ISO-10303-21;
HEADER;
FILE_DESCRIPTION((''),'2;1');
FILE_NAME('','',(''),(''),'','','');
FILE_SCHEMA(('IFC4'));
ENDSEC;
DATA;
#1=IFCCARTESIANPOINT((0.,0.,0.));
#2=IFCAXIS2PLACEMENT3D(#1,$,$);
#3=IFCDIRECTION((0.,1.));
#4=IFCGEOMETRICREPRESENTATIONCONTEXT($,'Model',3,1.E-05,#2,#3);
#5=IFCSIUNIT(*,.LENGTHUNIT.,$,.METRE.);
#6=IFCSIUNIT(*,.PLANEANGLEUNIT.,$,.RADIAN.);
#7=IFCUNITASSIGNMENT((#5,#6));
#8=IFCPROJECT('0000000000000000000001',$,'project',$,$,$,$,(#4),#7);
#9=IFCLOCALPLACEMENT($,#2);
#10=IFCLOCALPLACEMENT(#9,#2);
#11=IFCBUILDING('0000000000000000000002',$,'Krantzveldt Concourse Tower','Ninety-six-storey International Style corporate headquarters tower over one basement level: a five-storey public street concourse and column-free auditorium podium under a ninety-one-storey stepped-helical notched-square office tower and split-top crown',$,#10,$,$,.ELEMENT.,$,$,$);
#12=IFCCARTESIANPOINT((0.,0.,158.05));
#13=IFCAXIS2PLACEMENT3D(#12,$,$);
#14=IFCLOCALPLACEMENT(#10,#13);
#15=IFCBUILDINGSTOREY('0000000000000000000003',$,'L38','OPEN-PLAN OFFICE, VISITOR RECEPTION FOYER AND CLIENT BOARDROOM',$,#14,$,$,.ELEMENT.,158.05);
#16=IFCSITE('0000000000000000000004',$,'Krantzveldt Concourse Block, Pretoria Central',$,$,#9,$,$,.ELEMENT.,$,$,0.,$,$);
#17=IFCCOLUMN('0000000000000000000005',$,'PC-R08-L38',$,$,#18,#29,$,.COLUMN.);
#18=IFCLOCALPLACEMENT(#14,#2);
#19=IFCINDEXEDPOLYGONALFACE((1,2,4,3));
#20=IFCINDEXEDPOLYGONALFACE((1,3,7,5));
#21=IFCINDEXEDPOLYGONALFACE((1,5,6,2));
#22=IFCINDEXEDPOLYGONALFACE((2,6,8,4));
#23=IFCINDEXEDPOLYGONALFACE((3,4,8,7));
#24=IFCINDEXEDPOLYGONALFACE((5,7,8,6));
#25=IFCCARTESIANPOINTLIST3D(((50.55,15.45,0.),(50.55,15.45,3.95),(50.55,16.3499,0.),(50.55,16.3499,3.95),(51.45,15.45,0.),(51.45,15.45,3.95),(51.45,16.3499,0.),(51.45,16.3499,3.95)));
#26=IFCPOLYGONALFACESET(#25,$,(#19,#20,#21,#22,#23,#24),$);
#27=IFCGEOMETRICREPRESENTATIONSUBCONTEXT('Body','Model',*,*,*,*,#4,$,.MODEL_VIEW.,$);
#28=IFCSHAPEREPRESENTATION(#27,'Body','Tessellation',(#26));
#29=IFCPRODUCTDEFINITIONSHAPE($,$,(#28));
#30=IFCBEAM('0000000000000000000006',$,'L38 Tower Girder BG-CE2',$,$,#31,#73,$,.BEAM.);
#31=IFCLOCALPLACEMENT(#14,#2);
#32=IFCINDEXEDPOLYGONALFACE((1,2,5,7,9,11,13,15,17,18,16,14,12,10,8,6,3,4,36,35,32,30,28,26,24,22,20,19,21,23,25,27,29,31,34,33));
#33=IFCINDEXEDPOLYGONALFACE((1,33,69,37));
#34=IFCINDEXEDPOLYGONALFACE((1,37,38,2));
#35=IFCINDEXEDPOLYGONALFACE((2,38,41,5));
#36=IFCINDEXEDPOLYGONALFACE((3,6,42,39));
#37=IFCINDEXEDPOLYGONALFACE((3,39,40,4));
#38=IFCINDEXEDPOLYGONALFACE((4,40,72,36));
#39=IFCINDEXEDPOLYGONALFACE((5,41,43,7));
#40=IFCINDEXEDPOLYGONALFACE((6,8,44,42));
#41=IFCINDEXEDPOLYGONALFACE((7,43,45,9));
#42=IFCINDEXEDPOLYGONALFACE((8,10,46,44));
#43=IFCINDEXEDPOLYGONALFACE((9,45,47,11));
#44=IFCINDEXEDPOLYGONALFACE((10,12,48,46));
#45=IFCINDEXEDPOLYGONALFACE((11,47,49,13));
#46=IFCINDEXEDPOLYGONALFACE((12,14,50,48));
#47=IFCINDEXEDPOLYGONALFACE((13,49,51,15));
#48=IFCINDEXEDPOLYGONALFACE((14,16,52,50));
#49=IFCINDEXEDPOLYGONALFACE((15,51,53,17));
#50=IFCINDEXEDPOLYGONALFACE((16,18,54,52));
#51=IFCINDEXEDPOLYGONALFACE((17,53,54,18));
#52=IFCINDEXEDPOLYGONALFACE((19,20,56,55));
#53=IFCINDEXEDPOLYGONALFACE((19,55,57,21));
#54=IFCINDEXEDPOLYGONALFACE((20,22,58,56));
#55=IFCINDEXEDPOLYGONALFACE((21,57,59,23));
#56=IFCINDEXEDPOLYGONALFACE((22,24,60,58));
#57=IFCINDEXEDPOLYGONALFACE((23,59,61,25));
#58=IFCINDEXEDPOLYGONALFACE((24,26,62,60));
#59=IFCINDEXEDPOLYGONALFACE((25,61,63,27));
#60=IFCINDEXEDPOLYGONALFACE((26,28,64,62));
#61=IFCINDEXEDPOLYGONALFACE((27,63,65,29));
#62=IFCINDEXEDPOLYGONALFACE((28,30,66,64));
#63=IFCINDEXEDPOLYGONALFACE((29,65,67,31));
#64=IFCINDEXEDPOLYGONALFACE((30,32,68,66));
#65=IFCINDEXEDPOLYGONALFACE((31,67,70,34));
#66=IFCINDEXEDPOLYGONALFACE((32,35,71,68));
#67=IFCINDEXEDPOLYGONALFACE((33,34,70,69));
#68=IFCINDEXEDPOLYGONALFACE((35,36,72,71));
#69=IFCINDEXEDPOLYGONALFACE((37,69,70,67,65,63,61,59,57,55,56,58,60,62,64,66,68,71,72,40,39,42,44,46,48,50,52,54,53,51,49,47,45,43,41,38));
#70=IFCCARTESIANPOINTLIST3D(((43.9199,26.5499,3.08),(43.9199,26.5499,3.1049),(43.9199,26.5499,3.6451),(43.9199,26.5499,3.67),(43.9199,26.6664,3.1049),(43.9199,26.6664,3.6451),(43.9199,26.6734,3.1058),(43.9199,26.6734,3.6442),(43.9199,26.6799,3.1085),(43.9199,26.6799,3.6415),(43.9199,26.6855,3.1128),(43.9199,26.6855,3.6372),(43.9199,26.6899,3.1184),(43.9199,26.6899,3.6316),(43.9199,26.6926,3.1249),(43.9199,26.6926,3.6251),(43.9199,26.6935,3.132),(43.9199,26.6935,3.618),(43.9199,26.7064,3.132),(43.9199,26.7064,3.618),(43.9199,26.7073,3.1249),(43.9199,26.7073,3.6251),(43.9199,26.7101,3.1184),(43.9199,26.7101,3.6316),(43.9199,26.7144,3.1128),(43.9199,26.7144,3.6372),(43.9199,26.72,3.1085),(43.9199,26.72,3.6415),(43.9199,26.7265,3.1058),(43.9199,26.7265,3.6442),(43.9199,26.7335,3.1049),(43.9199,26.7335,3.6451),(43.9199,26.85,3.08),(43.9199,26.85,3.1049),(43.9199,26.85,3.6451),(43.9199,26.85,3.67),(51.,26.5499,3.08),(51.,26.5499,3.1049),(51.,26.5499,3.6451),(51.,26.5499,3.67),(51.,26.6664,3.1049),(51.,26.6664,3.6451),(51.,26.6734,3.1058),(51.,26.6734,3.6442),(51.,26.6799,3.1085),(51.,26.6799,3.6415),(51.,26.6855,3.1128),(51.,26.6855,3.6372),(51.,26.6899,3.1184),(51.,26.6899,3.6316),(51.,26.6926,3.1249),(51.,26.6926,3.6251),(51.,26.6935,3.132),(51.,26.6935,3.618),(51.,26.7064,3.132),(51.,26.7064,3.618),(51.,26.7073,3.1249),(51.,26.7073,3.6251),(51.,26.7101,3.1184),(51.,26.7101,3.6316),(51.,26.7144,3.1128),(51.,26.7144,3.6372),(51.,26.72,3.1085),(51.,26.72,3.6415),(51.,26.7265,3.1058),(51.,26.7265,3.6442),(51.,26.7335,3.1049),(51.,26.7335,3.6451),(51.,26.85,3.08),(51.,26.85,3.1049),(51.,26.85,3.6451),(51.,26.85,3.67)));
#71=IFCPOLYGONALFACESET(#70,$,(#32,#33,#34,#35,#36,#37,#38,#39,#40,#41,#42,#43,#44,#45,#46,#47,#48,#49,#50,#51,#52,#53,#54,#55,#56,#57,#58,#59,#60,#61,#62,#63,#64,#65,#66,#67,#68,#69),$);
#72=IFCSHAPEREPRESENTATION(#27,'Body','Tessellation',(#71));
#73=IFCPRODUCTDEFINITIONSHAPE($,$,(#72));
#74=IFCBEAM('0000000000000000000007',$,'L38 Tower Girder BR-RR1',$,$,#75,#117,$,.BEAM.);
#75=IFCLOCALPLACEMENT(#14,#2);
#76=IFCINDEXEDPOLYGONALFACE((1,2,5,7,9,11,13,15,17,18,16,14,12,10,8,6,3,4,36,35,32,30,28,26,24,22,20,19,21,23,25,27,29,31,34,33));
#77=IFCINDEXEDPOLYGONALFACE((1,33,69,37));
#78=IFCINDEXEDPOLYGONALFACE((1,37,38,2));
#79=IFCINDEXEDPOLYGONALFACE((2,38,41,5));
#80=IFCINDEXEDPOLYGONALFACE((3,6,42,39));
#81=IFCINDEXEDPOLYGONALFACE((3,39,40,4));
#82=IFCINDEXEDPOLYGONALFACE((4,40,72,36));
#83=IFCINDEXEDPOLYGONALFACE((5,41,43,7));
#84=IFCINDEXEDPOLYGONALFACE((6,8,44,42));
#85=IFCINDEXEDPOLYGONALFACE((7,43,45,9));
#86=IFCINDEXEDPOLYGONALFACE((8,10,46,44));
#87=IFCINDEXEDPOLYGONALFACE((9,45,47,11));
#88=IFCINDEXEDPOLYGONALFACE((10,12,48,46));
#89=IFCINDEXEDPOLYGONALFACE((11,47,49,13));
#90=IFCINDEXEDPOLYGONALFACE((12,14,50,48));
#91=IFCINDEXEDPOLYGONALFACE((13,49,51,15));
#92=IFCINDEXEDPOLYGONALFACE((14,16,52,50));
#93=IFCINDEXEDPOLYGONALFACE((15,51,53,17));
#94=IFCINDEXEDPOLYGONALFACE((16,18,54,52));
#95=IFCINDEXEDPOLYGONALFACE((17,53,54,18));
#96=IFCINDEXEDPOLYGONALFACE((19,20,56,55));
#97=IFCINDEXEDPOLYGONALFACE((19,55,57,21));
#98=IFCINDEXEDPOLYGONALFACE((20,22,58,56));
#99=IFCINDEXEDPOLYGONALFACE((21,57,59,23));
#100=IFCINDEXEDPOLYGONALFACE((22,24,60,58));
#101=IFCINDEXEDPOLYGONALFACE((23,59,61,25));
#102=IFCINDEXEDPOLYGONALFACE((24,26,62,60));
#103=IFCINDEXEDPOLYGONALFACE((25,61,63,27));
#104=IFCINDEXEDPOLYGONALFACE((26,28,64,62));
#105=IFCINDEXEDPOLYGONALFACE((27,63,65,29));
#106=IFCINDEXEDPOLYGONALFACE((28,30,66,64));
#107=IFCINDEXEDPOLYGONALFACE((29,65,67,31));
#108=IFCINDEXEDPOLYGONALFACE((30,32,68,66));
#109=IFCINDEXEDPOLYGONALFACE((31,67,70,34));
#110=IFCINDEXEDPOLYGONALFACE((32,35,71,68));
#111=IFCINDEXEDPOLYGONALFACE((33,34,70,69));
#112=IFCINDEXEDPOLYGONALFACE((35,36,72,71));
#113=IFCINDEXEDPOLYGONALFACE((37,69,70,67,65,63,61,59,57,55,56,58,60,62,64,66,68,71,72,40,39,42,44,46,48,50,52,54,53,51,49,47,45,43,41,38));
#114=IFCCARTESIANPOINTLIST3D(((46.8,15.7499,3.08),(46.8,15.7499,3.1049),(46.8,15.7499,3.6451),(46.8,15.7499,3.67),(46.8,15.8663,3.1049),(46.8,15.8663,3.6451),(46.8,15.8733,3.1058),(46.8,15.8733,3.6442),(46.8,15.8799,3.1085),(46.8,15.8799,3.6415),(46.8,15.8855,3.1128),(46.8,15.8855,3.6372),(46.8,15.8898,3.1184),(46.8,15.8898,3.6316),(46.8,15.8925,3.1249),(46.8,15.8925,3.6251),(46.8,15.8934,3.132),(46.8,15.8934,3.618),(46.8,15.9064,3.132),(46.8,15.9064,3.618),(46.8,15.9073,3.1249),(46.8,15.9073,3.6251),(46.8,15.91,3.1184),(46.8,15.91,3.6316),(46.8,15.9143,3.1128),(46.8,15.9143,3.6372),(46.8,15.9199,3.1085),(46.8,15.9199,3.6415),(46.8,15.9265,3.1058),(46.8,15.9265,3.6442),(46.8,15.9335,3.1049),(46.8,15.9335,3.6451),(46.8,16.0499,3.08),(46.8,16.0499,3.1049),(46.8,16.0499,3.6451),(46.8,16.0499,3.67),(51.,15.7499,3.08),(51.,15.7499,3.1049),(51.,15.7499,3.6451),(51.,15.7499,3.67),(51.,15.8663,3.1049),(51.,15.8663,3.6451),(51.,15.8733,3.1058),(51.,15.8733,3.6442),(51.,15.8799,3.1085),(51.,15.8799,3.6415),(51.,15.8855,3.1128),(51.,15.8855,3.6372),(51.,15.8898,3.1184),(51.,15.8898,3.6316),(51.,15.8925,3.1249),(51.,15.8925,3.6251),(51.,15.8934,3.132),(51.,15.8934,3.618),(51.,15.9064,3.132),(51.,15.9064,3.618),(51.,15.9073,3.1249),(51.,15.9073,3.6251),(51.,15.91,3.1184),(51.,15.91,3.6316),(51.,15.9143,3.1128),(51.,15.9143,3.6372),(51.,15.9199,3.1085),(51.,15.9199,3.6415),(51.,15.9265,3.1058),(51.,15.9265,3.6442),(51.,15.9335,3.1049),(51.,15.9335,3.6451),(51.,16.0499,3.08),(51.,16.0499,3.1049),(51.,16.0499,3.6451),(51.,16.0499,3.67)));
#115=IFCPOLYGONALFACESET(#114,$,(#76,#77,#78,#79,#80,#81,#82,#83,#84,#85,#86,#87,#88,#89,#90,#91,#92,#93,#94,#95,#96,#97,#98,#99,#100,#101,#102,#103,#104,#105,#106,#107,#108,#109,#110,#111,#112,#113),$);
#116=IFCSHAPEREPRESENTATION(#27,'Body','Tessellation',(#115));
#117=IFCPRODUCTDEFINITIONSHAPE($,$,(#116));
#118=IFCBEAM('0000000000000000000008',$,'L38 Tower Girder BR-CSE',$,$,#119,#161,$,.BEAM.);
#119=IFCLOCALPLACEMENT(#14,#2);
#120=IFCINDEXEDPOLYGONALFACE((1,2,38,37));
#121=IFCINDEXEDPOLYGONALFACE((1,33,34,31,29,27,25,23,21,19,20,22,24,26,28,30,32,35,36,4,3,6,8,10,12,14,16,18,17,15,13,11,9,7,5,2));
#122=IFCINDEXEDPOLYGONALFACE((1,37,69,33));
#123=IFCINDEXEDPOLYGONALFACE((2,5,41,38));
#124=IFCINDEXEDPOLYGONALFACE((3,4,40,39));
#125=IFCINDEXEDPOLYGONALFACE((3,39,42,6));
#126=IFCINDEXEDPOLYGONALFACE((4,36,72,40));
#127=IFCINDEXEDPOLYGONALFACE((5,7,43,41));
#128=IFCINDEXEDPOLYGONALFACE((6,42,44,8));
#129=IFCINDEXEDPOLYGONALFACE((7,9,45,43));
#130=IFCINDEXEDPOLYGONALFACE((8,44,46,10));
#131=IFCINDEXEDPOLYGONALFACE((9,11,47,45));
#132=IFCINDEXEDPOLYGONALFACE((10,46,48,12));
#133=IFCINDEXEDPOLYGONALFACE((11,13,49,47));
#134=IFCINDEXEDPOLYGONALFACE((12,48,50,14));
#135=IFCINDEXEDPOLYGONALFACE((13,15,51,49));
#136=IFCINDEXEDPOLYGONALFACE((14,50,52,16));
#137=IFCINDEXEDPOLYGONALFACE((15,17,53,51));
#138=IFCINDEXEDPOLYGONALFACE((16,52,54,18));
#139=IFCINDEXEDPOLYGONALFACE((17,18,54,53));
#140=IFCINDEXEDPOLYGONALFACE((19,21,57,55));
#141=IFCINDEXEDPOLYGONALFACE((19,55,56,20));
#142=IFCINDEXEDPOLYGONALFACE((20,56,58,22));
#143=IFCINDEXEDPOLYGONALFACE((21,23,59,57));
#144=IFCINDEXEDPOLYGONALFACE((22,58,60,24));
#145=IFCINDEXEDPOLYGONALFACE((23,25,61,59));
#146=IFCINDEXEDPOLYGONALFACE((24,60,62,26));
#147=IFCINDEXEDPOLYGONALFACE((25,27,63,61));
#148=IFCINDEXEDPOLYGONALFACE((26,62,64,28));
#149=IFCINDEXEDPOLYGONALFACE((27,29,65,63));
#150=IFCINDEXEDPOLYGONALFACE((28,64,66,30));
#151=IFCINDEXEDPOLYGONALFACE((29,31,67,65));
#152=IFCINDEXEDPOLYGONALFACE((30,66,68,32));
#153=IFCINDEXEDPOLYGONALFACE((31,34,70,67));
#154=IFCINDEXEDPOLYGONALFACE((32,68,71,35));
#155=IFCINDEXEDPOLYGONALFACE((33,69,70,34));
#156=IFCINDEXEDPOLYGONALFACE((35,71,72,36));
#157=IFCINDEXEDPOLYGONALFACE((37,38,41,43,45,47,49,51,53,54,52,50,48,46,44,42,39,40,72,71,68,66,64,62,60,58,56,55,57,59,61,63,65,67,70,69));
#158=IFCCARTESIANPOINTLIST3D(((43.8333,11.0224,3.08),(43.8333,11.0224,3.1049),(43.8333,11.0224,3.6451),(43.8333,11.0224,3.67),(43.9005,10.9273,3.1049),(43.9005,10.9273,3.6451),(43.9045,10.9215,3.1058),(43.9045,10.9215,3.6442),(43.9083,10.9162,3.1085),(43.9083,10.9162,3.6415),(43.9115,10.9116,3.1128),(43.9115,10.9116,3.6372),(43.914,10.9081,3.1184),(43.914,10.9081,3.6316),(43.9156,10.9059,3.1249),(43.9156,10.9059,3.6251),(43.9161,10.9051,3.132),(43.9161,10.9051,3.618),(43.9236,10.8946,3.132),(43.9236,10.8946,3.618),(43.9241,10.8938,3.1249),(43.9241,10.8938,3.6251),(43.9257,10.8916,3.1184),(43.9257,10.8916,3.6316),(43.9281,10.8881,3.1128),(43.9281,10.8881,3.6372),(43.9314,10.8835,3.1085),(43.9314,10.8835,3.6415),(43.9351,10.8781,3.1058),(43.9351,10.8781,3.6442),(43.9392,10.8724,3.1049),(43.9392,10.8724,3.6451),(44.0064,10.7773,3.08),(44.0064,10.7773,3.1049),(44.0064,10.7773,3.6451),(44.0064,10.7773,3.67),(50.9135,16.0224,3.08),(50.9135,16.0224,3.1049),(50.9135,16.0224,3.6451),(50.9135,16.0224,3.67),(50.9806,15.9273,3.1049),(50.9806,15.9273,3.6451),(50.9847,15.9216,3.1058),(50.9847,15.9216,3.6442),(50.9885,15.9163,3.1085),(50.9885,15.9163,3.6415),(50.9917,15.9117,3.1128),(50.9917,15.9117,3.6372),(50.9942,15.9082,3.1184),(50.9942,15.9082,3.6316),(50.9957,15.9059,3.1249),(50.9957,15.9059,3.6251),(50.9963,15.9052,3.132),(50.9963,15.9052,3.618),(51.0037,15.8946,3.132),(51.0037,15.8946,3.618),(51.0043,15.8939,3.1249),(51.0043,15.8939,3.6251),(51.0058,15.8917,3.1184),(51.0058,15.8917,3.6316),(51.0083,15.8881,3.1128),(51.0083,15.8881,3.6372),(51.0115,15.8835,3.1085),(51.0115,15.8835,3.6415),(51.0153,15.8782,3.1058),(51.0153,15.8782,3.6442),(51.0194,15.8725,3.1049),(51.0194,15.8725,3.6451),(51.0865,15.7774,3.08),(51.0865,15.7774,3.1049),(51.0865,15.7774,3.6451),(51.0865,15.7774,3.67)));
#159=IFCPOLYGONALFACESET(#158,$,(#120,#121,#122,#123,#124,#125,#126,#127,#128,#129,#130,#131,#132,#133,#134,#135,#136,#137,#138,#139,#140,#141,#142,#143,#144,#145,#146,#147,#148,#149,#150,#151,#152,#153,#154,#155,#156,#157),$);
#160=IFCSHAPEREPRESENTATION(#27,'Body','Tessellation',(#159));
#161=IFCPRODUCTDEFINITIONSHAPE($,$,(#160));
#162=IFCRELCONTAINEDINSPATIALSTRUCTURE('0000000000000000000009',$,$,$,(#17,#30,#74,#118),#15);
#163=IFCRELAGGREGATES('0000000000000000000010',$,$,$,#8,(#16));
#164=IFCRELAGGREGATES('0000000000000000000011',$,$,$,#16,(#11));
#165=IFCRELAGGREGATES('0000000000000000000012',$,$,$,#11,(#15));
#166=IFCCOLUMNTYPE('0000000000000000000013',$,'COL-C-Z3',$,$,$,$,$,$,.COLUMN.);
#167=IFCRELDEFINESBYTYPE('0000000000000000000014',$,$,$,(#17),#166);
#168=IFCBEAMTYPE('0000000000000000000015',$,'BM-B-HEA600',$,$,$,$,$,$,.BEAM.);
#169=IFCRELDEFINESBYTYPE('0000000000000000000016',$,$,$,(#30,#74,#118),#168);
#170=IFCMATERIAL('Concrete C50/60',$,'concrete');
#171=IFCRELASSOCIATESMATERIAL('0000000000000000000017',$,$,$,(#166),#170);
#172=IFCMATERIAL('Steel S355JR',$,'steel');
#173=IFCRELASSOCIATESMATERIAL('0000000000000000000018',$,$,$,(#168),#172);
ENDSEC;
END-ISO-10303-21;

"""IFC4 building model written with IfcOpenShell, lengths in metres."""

from ifc_helpers import new_model, si_unit, direction, frame, origin, origin_2d, place, context, subcontext, project, spatial, rectangle, i_section, extrude, source, transform, mapped, material, material_profile, profile_set, type_object, type_shapes, element, save


model = new_model("IFC4")

# Units and contexts
model_context = context("Model", 3, precision=1e-05, world=origin(), true_north=direction((0.0, 1.0)))
body_context = subcontext(model_context, "Body", "Model", "MODEL_VIEW")
ifc_project = project(units=[si_unit("LENGTHUNIT", "METRE"), si_unit("PLANEANGLEUNIT", "RADIAN")], contexts=[model_context])

# Site, building, storey
site_placement = place(None, origin())
site = spatial("IfcSite", under=ifc_project, at=site_placement, Name="Krantzveldt Concourse Block, Pretoria Central", CompositionType="ELEMENT", RefElevation=0.0)
building_placement = place(site_placement, origin())
building = spatial("IfcBuilding", under=site, at=building_placement, Name="Krantzveldt Concourse Tower", Description="Ninety-six-storey International Style corporate headquarters tower over one basement level: a five-storey public street concourse and column-free auditorium podium under a ninety-one-storey stepped-helical notched-square office tower and split-top crown", CompositionType="ELEMENT")
storey_placement = place(building_placement, frame((0.0, 0.0, 158.05)))
storey = spatial("IfcBuildingStorey", under=building, at=storey_placement, Name="L38", Description="OPEN-PLAN OFFICE, VISITOR RECEPTION FOYER AND CLIENT BOARDROOM", CompositionType="ELEMENT", Elevation=158.05)

# Column
ifc_material_1 = material(Name="Concrete C50/60", Category="concrete")
ifc_material_profile_1 = material_profile(ifc_material_1, rectangle(XDim=0.8999, YDim=0.8999, at=origin_2d()), Name="Concrete C50/60", Category="concrete")
ifc_profile_set_1 = profile_set([ifc_material_profile_1], Name="Concrete C50/60 - RC 900x900")
column_type = type_object("IfcColumnType", Name="COL-C-Z3", PredefinedType="COLUMN", material=ifc_profile_set_1)
shared_shape_1 = source(origin(), body_context, "Body", "SweptSolid", [
    extrude(rectangle(XDim=0.8999, YDim=0.8999, at=origin_2d()), origin(), (0.0, 0.0, 1.0), 3.95),
])
type_shapes(column_type, [shared_shape_1])
column_placement = place(storey_placement, frame((51.0, 15.8999, 0.0), z_axis=(0.0, 0.0, 1.0), x_axis=(1.0, 0.0, 0.0)))
element("IfcColumn", 1, at=column_placement, inside=storey, type_object=column_type, Name="PC-R08-L38", PredefinedType="COLUMN", context=body_context, shape_type="MappedRepresentation", body=[
    mapped(shared_shape_1, transform((0.0, 0.0, 0.0), x_axis=(1.0, 0.0, 0.0), y_axis=(0.0, 1.0, 0.0), z_axis=(0.0, 0.0, 1.0), scale=1.0)),
])

# Beams
ifc_material_2 = material(Name="Steel S355JR", Category="steel")
ifc_material_profile_2 = material_profile(ifc_material_2, i_section(OverallWidth=0.3, OverallDepth=0.5901, WebThickness=0.0129, FlangeThickness=0.0249, FilletRadius=0.0271, at=origin_2d()), Name="Steel S355JR", Category="steel")
ifc_profile_set_2 = profile_set([ifc_material_profile_2], Name="Steel S355JR - HEA 600")
beam_type_1 = type_object("IfcBeamType", Name="BM-B-HEA600", PredefinedType="BEAM", material=ifc_profile_set_2)
shared_shape_2 = source(origin(), body_context, "Body", "SweptSolid", [
    extrude(i_section(OverallWidth=0.3, OverallDepth=0.5901, WebThickness=0.0129, FlangeThickness=0.0249, FilletRadius=0.0271, at=origin_2d()), origin(), (0.0, 0.0, 1.0), 7.0801),
])
beam_1_placement = place(storey_placement, frame((43.9199, 26.7, 3.375), z_axis=(1.0, 0.0, 0.0), x_axis=(0.0, 1.0, 0.0)))
element("IfcBeam", 2, at=beam_1_placement, inside=storey, type_object=beam_type_1, Name="L38 Tower Girder BG-CE2", PredefinedType="BEAM", context=body_context, shape_type="MappedRepresentation", body=[
    mapped(shared_shape_2, transform((0.0, 0.0, 0.0), x_axis=(1.0, 0.0, 0.0), y_axis=(0.0, 1.0, 0.0), z_axis=(0.0, 0.0, 1.0), scale=1.0)),
])
shared_shape_3 = source(origin(), body_context, "Body", "SweptSolid", [
    extrude(i_section(OverallWidth=0.3, OverallDepth=0.5901, WebThickness=0.0129, FlangeThickness=0.0249, FilletRadius=0.0271, at=origin_2d()), origin(), (0.0, 0.0, 1.0), 4.2),
])
beam_2_placement = place(storey_placement, frame((46.8, 15.8999, 3.375), z_axis=(1.0, 0.0, 0.0), x_axis=(0.0, 1.0, 0.0)))
element("IfcBeam", 3, at=beam_2_placement, inside=storey, type_object=beam_type_1, Name="L38 Tower Girder BR-RR1", PredefinedType="BEAM", context=body_context, shape_type="MappedRepresentation", body=[
    mapped(shared_shape_3, transform((0.0, 0.0, 0.0), x_axis=(1.0, 0.0, 0.0), y_axis=(0.0, 1.0, 0.0), z_axis=(0.0, 0.0, 1.0), scale=1.0)),
])
shared_shape_4 = source(origin(), body_context, "Body", "SweptSolid", [
    extrude(i_section(OverallWidth=0.3, OverallDepth=0.5901, WebThickness=0.0129, FlangeThickness=0.0249, FilletRadius=0.0271, at=origin_2d()), origin(), (0.0, 0.0, 1.0), 8.6677),
])
type_shapes(beam_type_1, [shared_shape_2, shared_shape_3, shared_shape_4])
beam_3_placement = place(storey_placement, frame((51.0, 15.8999, 3.375), z_axis=(-0.816843, -0.57686, 0.0), x_axis=(0.57686, -0.816843, 0.0)))
element("IfcBeam", 4, at=beam_3_placement, inside=storey, type_object=beam_type_1, Name="L38 Tower Girder BR-CSE", PredefinedType="BEAM", context=body_context, shape_type="MappedRepresentation", body=[
    mapped(shared_shape_4, transform((0.0, 0.0, 0.0), x_axis=(1.0, 0.0, 0.0), y_axis=(0.0, 1.0, 0.0), z_axis=(0.0, 0.0, 1.0), scale=1.0)),
])

save(model, "model.ifc")
